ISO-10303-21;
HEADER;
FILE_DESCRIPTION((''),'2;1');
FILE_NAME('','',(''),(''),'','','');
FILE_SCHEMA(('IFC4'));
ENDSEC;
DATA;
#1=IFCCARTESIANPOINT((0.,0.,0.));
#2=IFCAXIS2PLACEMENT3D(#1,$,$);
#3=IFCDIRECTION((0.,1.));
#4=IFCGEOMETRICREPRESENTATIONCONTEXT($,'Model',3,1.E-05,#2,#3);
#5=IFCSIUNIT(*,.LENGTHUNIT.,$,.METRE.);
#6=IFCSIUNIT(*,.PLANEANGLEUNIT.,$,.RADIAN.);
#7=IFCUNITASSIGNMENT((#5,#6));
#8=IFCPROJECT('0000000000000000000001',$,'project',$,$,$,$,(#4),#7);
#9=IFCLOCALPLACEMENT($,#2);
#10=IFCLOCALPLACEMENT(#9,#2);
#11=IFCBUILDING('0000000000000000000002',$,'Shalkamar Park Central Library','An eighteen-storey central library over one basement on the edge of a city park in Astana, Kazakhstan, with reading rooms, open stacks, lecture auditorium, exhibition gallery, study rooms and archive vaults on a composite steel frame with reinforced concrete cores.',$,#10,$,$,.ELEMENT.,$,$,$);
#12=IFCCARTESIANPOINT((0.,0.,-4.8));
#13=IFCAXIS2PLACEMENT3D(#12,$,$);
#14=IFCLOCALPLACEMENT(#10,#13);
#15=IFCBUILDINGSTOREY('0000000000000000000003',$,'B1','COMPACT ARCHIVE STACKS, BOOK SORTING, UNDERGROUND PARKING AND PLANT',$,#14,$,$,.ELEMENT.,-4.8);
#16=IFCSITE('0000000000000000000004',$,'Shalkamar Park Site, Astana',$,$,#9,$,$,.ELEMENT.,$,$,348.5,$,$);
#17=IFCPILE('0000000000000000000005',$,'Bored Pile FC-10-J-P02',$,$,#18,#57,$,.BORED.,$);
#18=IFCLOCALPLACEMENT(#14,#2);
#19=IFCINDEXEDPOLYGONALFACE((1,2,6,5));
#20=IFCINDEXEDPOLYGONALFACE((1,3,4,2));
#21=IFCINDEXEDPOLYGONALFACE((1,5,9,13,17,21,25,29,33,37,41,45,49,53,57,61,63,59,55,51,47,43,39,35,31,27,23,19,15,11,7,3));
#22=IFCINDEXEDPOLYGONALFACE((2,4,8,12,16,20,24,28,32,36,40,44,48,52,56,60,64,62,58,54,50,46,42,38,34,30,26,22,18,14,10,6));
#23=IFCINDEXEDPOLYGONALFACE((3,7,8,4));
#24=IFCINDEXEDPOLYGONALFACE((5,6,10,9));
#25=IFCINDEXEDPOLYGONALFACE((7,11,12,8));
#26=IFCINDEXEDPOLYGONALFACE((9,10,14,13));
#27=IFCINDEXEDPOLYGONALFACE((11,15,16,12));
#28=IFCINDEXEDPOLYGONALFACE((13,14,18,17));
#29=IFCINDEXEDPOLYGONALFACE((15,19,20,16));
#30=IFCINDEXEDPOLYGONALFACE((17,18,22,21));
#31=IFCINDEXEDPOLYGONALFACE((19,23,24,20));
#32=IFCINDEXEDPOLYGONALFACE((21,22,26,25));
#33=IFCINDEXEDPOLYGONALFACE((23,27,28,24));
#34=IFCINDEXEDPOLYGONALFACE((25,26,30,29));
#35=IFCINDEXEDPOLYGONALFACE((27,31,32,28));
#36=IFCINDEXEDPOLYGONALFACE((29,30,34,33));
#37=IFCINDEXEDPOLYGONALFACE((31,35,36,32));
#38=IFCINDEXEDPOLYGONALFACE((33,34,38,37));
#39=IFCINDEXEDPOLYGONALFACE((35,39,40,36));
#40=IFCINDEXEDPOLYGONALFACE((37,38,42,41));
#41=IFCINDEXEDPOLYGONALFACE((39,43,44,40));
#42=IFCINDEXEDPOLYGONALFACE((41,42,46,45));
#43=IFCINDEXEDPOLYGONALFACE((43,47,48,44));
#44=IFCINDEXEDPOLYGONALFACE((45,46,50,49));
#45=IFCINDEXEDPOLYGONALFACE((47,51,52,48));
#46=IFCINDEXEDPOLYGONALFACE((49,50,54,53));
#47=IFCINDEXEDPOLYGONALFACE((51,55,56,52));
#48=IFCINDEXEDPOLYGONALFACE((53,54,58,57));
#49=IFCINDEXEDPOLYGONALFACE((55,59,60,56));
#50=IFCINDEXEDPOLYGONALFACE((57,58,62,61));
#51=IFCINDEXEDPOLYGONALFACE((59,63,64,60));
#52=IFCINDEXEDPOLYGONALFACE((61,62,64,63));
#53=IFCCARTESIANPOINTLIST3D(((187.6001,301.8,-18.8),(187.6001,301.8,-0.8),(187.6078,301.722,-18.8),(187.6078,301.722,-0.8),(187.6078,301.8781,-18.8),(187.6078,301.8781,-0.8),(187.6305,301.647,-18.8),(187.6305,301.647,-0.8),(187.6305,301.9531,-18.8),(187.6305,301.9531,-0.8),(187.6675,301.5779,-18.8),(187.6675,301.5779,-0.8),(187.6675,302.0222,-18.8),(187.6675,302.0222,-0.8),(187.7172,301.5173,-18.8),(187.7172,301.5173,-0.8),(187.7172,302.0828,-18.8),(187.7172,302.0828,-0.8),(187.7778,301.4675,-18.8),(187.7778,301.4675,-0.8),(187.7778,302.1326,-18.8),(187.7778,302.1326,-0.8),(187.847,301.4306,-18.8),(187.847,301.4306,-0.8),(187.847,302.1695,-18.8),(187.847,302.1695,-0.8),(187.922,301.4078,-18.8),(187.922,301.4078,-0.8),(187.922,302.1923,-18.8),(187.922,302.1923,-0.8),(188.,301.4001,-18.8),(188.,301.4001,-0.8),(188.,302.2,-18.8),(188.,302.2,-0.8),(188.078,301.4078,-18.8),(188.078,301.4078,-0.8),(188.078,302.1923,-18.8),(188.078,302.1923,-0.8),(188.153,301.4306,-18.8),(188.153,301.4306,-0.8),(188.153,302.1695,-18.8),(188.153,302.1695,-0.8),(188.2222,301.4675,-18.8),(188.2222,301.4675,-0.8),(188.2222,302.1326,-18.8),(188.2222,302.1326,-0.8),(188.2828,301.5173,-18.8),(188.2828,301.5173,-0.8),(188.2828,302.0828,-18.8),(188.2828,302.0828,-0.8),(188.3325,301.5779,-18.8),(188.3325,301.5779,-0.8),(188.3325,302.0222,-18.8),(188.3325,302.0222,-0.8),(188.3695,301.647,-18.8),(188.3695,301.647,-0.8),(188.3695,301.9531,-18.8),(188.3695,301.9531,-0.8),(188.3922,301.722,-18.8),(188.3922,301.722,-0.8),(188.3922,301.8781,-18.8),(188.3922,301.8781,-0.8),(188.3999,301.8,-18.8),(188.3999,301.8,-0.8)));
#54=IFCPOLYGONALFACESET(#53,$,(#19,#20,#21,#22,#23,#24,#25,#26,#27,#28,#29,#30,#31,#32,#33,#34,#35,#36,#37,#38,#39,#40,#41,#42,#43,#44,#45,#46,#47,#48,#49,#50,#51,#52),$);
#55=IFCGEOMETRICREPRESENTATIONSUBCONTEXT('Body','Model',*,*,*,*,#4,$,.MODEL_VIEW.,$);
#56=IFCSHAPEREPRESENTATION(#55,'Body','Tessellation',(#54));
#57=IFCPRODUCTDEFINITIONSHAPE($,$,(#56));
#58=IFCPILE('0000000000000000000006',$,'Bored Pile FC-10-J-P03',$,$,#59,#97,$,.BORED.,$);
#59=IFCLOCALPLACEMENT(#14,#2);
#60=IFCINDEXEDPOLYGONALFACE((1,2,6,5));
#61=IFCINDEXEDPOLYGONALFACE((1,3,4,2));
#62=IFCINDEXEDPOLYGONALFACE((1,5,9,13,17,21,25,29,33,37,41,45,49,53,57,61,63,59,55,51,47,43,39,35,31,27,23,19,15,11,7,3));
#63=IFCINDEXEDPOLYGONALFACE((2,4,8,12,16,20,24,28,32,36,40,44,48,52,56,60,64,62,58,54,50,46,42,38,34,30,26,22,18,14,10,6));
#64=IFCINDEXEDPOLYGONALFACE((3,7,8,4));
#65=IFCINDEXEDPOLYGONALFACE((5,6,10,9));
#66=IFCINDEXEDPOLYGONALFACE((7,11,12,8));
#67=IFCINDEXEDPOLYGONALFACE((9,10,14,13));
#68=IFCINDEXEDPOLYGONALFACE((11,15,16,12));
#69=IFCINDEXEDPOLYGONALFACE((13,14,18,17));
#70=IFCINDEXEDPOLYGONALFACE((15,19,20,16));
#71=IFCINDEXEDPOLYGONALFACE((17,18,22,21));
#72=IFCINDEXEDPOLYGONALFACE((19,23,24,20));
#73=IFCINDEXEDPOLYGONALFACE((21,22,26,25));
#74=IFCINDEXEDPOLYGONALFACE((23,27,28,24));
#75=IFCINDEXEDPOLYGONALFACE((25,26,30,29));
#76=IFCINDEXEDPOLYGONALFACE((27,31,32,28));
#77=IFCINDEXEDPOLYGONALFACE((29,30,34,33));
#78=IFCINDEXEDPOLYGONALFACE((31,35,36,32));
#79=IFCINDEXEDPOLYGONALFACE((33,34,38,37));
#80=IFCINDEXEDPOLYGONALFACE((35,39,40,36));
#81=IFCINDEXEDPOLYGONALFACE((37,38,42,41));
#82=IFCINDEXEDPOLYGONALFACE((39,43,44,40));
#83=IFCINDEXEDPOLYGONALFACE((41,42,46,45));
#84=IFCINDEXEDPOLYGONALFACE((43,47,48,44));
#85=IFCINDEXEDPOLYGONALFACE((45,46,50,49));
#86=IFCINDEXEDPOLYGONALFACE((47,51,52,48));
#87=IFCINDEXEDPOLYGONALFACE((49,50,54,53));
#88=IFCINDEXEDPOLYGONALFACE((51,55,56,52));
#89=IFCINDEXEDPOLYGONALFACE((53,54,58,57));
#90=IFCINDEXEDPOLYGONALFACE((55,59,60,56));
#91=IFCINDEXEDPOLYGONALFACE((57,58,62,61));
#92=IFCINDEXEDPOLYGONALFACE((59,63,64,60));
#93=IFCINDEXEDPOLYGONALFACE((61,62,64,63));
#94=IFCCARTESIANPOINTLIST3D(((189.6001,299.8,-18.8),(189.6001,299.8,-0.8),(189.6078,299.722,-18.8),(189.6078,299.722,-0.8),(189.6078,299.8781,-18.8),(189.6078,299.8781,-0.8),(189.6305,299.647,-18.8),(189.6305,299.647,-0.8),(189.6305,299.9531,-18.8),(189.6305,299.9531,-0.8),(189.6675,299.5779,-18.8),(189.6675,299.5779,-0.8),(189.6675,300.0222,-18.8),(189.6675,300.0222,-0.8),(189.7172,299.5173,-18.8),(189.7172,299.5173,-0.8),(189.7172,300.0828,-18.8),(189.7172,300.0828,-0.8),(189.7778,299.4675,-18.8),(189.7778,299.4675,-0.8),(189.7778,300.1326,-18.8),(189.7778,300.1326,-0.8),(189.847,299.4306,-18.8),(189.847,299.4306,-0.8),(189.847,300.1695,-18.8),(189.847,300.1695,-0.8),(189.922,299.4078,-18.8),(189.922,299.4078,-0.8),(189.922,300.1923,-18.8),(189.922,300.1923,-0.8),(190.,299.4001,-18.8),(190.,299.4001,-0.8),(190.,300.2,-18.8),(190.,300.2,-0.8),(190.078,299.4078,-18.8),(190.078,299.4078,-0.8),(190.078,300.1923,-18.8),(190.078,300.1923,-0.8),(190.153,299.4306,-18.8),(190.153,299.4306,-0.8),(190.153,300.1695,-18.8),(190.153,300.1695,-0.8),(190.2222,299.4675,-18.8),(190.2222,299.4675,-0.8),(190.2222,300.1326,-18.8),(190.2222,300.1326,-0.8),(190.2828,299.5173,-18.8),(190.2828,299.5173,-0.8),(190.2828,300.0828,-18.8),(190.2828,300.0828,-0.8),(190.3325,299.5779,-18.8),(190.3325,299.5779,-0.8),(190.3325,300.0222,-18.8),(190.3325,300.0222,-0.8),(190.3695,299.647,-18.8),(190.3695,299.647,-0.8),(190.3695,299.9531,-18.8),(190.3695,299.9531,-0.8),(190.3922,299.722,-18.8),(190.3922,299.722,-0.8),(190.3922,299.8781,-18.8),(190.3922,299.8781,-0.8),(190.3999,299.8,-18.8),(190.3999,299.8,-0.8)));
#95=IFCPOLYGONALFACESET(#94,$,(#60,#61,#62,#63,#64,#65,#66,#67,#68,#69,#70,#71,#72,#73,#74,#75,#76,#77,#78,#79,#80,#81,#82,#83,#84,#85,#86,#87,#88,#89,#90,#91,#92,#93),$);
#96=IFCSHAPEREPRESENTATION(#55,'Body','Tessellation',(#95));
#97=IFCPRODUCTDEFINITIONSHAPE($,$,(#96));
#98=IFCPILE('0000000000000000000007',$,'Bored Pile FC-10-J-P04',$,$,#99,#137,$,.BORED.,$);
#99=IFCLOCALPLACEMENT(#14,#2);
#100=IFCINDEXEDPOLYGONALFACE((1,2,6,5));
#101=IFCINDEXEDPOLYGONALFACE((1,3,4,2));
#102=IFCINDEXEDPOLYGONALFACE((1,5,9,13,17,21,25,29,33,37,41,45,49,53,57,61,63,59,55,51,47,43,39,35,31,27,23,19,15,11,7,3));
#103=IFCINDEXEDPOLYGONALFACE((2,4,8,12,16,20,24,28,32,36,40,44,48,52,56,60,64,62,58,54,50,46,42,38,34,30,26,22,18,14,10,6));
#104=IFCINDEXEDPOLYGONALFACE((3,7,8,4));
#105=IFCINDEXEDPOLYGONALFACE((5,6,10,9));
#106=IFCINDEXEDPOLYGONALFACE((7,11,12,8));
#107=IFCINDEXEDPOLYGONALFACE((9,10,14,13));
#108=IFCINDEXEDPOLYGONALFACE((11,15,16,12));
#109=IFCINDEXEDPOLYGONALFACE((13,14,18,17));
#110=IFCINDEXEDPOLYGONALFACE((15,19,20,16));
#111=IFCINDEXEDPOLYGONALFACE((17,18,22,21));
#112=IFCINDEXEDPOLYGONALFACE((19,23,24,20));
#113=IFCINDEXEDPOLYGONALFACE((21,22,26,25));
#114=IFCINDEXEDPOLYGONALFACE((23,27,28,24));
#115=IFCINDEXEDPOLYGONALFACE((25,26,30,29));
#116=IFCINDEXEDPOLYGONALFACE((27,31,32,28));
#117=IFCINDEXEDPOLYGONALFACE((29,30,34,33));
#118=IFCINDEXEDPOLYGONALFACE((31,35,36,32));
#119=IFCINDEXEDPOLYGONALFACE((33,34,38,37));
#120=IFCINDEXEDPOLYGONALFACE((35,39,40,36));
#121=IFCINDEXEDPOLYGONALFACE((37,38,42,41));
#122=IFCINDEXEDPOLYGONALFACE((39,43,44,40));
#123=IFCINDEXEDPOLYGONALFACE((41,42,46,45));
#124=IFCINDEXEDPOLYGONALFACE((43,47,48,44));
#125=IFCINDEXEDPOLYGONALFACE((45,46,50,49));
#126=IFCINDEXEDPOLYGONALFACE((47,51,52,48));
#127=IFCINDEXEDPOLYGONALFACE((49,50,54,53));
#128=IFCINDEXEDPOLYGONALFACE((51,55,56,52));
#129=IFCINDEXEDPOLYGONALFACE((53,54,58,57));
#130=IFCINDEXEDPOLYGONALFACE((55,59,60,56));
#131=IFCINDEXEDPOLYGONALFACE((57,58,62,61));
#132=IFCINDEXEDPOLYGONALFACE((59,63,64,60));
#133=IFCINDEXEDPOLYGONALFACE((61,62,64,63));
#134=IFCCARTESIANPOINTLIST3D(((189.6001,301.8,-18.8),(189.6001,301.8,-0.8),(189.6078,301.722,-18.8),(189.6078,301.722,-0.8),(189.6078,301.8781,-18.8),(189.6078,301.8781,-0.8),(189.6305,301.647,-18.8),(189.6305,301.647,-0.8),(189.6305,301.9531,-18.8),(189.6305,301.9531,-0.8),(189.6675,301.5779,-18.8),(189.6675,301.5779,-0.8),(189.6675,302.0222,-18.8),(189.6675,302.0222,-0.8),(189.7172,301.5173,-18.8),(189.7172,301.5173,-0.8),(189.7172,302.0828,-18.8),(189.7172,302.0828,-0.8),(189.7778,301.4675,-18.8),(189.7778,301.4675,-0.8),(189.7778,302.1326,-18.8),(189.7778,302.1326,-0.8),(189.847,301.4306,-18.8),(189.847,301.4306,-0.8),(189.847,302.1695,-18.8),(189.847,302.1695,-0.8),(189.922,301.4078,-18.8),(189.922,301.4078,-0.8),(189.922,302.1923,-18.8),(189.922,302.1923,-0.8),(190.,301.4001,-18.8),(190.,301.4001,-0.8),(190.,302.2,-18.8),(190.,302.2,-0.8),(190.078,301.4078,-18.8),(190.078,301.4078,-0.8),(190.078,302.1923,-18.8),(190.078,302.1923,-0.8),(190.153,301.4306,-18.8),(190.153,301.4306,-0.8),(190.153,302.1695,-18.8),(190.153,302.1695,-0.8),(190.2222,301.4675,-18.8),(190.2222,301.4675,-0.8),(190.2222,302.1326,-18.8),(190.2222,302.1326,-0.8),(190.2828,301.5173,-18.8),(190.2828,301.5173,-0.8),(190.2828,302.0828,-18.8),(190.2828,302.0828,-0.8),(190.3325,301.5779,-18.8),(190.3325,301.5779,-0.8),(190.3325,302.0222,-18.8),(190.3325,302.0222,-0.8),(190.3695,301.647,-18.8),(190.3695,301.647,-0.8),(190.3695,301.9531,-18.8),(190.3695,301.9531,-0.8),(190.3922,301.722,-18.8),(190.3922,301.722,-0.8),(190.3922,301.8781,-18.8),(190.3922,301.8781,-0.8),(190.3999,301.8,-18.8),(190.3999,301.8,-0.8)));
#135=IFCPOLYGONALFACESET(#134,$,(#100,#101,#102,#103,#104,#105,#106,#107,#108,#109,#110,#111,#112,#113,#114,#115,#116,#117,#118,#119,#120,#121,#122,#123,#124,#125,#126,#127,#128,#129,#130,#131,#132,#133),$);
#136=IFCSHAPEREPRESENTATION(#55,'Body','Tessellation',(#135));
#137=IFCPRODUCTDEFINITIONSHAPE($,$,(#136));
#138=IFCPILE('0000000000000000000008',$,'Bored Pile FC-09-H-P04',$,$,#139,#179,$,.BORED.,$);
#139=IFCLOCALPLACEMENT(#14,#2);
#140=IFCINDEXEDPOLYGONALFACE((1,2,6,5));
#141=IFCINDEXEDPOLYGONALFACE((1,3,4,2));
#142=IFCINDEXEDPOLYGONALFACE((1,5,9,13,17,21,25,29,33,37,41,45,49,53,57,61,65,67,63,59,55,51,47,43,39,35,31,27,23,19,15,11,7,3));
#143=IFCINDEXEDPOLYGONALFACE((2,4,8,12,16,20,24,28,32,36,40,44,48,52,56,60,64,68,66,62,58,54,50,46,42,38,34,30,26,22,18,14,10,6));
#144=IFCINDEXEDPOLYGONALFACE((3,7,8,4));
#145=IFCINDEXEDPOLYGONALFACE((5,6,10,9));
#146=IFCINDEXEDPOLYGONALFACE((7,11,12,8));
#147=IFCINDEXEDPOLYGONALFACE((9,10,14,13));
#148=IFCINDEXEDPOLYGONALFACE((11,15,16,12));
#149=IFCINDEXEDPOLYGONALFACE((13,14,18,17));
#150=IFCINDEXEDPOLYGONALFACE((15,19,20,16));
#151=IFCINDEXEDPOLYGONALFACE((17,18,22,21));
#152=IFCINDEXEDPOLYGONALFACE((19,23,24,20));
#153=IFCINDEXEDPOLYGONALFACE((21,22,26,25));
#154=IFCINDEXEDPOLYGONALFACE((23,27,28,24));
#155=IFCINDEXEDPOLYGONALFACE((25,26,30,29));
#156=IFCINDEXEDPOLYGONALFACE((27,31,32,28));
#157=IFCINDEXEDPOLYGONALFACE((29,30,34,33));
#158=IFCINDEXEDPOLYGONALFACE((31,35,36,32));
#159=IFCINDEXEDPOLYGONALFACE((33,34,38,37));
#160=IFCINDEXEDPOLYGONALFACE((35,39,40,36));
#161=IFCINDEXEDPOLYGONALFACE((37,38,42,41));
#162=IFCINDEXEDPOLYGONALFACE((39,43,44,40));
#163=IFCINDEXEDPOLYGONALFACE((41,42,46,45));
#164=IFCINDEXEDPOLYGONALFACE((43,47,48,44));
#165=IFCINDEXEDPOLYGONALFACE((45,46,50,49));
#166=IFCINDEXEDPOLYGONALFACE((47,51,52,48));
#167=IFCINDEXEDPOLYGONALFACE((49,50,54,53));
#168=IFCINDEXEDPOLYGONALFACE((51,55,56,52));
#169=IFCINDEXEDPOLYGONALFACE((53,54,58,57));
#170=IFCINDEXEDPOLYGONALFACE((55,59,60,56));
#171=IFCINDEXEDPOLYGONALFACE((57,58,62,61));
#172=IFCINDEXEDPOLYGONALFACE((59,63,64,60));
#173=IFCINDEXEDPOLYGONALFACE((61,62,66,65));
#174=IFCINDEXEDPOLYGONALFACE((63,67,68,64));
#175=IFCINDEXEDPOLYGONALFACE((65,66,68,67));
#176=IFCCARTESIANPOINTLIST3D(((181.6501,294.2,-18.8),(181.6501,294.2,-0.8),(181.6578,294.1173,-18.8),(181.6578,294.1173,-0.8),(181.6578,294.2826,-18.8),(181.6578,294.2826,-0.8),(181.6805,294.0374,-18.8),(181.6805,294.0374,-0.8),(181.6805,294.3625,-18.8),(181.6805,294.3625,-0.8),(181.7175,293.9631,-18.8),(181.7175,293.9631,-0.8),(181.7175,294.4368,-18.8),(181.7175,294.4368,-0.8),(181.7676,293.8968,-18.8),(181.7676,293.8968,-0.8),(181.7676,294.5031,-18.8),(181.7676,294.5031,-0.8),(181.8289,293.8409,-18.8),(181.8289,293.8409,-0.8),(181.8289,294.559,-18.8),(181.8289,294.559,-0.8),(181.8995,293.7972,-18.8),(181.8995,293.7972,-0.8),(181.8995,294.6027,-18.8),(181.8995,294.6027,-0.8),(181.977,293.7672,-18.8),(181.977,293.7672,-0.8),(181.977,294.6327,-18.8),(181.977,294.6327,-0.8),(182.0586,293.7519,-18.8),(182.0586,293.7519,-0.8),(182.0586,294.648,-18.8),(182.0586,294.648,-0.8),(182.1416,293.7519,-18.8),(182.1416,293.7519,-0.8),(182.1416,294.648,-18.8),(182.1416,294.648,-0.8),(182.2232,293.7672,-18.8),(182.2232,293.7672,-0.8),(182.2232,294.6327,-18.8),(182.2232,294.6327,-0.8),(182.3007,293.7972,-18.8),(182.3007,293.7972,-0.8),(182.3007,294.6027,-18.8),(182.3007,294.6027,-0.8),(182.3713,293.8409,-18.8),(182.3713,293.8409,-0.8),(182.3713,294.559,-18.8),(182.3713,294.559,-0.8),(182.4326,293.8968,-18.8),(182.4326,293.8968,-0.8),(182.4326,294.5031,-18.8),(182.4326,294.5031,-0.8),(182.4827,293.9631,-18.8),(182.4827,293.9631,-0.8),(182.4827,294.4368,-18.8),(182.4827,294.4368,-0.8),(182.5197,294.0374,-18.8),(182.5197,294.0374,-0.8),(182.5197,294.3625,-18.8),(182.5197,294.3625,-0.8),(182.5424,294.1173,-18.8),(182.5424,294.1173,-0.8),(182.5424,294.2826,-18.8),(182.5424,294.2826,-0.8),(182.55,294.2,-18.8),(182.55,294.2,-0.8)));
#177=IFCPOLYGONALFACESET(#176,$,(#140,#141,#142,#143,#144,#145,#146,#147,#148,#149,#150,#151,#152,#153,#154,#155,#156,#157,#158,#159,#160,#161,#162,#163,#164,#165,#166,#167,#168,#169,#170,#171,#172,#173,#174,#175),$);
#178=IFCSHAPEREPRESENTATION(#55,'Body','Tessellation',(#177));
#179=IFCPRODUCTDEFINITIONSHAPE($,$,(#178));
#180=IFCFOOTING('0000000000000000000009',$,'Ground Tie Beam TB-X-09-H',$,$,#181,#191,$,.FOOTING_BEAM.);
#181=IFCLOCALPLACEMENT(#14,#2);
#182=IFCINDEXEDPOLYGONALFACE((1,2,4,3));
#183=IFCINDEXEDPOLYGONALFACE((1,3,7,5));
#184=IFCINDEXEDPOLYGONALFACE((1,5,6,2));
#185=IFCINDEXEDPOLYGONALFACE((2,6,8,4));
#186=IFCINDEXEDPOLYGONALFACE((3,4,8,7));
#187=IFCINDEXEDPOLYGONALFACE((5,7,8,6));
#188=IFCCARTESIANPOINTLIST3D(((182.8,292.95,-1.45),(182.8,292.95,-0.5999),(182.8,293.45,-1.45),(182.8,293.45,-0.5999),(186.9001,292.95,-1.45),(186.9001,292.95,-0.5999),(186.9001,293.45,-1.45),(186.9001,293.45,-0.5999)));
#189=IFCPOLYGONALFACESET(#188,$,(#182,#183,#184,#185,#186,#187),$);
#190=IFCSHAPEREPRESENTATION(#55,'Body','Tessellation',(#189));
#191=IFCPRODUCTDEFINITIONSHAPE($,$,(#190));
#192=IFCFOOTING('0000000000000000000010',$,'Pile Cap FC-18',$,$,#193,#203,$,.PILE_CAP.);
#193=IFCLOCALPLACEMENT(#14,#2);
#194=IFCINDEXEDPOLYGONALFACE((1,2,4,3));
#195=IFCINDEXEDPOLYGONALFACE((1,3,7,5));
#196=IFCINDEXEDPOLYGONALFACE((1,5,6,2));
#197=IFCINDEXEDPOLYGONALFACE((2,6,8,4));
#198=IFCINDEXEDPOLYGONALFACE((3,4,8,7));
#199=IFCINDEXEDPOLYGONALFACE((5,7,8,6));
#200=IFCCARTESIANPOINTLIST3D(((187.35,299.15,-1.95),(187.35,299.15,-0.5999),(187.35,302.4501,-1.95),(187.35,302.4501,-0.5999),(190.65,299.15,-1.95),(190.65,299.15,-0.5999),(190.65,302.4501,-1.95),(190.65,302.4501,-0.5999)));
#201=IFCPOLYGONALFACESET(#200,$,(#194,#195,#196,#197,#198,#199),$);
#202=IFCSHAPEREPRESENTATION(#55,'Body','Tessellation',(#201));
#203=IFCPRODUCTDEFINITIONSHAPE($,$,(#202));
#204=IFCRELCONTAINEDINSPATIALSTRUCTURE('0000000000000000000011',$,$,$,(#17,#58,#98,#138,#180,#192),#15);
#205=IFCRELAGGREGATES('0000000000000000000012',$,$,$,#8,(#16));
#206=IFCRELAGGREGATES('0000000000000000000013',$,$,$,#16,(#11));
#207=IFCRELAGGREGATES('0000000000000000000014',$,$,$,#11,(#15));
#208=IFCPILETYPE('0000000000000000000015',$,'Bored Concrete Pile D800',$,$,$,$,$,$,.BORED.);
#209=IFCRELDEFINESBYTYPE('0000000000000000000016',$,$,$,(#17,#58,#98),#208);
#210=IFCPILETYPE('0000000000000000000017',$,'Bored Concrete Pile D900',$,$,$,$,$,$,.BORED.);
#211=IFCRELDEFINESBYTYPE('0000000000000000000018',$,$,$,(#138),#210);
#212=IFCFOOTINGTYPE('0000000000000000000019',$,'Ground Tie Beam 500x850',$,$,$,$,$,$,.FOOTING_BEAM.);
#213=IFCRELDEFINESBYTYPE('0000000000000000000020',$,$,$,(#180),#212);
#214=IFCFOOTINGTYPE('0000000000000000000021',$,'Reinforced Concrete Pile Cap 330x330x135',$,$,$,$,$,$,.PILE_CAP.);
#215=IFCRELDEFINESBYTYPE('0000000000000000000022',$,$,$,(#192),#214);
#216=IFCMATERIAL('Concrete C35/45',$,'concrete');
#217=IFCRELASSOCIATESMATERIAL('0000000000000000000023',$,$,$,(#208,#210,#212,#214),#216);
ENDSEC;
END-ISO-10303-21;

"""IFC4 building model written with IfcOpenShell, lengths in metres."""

from ifc_helpers import new_model, si_unit, direction, frame, origin, origin_2d, place, context, subcontext, project, spatial, rectangle, circle, extrude, material, material_profile, profile_set, type_object, element, save


model = new_model("IFC4")

# Units and contexts
model_context = context("Model", 3, precision=1e-05, world=origin(), true_north=direction((0.0, 1.0)))
body_context = subcontext(model_context, "Body", "Model", "MODEL_VIEW")
ifc_project = project(units=[si_unit("LENGTHUNIT", "METRE"), si_unit("PLANEANGLEUNIT", "RADIAN")], contexts=[model_context])

# Site, building, storey
site_placement = place(None, origin())
site = spatial("IfcSite", under=ifc_project, at=site_placement, Name="Shalkamar Park Site, Astana", CompositionType="ELEMENT", RefElevation=348.5)
building_placement = place(site_placement, origin())
building = spatial("IfcBuilding", under=site, at=building_placement, Name="Shalkamar Park Central Library", Description="An eighteen-storey central library over one basement on the edge of a city park in Astana, Kazakhstan, with reading rooms, open stacks, lecture auditorium, exhibition gallery, study rooms and archive vaults on a composite steel frame with reinforced concrete cores.", CompositionType="ELEMENT")
storey_placement = place(building_placement, frame((0.0, 0.0, -4.8)))
storey = spatial("IfcBuildingStorey", under=building, at=storey_placement, Name="B1", Description="COMPACT ARCHIVE STACKS, BOOK SORTING, UNDERGROUND PARKING AND PLANT", CompositionType="ELEMENT", Elevation=-4.8)

# Piles
ifc_material_1 = material(Name="Concrete C35/45", Category="concrete")
ifc_material_profile_1 = material_profile(ifc_material_1, circle(Radius=0.3999, at=origin_2d()), Name="PILE D800")
ifc_profile_set_1 = profile_set([ifc_material_profile_1], Name="Concrete C35/45")
pile_type_1 = type_object("IfcPileType", Name="Bored Concrete Pile D800", PredefinedType="BORED", material=ifc_profile_set_1)
for number, where, z_axis, x_axis, name in (
    (1, (188.0, 301.8, -0.8), (0.0, 0.0, -1.0), (1.0, 0.0, 0.0), "Bored Pile FC-10-J-P02"),
    (2, (190.0, 299.8, -0.8), (0.0, 0.0, -1.0), (1.0, 0.0, 0.0), "Bored Pile FC-10-J-P03"),
    (3, (190.0, 301.8, -0.8), (0.0, 0.0, -1.0), (1.0, 0.0, 0.0), "Bored Pile FC-10-J-P04"),
):
    element("IfcPile", number, at=place(storey_placement, frame(where, z_axis=z_axis, x_axis=x_axis)), inside=storey, type_object=pile_type_1, Name=name, PredefinedType="BORED", context=body_context, shape_type="SweptSolid", body=[
        extrude(circle(Radius=0.3999, at=origin_2d()), origin(), (0.0, 0.0, 1.0), 18.0),
    ])
ifc_material_profile_2 = material_profile(ifc_material_1, circle(Radius=0.45, at=origin_2d()), Name="PILE D900")
ifc_profile_set_2 = profile_set([ifc_material_profile_2], Name="Concrete C35/45")
pile_type_2 = type_object("IfcPileType", Name="Bored Concrete Pile D900", PredefinedType="BORED", material=ifc_profile_set_2)
pile_placement = place(storey_placement, frame((182.1001, 294.2, -0.8), z_axis=(0.0, 0.0, -1.0), x_axis=(1.0, 0.0, 0.0)))
element("IfcPile", 4, at=pile_placement, inside=storey, type_object=pile_type_2, Name="Bored Pile FC-09-H-P04", PredefinedType="BORED", context=body_context, shape_type="SweptSolid", body=[
    extrude(circle(Radius=0.45, at=origin_2d()), origin(), (0.0, 0.0, 1.0), 18.0),
])

# Footings
footing_type_1 = type_object("IfcFootingType", Name="Ground Tie Beam 500x850", PredefinedType="FOOTING_BEAM", material=ifc_material_1)
footing_1_placement = place(storey_placement, frame((184.8501, 293.2, -1.45), z_axis=(0.0, 0.0, 1.0), x_axis=(1.0, 0.0, 0.0)))
element("IfcFooting", 5, at=footing_1_placement, inside=storey, type_object=footing_type_1, Name="Ground Tie Beam TB-X-09-H", PredefinedType="FOOTING_BEAM", context=body_context, shape_type="SweptSolid", body=[
    extrude(rectangle(XDim=4.1001, YDim=0.5, at=origin_2d()), origin(), (0.0, 0.0, 1.0), 0.8501),
])
footing_type_2 = type_object("IfcFootingType", Name="Reinforced Concrete Pile Cap 330x330x135", PredefinedType="PILE_CAP", material=ifc_material_1)
footing_2_placement = place(storey_placement, frame((189.0, 300.8, -1.95), z_axis=(0.0, 0.0, 1.0), x_axis=(1.0, 0.0, 0.0)))
element("IfcFooting", 6, at=footing_2_placement, inside=storey, type_object=footing_type_2, Name="Pile Cap FC-18", PredefinedType="PILE_CAP", context=body_context, shape_type="SweptSolid", body=[
    extrude(rectangle(XDim=3.3, YDim=3.3, at=origin_2d()), origin(), (0.0, 0.0, 1.0), 1.3501),
])

save(model, "model.ifc")
